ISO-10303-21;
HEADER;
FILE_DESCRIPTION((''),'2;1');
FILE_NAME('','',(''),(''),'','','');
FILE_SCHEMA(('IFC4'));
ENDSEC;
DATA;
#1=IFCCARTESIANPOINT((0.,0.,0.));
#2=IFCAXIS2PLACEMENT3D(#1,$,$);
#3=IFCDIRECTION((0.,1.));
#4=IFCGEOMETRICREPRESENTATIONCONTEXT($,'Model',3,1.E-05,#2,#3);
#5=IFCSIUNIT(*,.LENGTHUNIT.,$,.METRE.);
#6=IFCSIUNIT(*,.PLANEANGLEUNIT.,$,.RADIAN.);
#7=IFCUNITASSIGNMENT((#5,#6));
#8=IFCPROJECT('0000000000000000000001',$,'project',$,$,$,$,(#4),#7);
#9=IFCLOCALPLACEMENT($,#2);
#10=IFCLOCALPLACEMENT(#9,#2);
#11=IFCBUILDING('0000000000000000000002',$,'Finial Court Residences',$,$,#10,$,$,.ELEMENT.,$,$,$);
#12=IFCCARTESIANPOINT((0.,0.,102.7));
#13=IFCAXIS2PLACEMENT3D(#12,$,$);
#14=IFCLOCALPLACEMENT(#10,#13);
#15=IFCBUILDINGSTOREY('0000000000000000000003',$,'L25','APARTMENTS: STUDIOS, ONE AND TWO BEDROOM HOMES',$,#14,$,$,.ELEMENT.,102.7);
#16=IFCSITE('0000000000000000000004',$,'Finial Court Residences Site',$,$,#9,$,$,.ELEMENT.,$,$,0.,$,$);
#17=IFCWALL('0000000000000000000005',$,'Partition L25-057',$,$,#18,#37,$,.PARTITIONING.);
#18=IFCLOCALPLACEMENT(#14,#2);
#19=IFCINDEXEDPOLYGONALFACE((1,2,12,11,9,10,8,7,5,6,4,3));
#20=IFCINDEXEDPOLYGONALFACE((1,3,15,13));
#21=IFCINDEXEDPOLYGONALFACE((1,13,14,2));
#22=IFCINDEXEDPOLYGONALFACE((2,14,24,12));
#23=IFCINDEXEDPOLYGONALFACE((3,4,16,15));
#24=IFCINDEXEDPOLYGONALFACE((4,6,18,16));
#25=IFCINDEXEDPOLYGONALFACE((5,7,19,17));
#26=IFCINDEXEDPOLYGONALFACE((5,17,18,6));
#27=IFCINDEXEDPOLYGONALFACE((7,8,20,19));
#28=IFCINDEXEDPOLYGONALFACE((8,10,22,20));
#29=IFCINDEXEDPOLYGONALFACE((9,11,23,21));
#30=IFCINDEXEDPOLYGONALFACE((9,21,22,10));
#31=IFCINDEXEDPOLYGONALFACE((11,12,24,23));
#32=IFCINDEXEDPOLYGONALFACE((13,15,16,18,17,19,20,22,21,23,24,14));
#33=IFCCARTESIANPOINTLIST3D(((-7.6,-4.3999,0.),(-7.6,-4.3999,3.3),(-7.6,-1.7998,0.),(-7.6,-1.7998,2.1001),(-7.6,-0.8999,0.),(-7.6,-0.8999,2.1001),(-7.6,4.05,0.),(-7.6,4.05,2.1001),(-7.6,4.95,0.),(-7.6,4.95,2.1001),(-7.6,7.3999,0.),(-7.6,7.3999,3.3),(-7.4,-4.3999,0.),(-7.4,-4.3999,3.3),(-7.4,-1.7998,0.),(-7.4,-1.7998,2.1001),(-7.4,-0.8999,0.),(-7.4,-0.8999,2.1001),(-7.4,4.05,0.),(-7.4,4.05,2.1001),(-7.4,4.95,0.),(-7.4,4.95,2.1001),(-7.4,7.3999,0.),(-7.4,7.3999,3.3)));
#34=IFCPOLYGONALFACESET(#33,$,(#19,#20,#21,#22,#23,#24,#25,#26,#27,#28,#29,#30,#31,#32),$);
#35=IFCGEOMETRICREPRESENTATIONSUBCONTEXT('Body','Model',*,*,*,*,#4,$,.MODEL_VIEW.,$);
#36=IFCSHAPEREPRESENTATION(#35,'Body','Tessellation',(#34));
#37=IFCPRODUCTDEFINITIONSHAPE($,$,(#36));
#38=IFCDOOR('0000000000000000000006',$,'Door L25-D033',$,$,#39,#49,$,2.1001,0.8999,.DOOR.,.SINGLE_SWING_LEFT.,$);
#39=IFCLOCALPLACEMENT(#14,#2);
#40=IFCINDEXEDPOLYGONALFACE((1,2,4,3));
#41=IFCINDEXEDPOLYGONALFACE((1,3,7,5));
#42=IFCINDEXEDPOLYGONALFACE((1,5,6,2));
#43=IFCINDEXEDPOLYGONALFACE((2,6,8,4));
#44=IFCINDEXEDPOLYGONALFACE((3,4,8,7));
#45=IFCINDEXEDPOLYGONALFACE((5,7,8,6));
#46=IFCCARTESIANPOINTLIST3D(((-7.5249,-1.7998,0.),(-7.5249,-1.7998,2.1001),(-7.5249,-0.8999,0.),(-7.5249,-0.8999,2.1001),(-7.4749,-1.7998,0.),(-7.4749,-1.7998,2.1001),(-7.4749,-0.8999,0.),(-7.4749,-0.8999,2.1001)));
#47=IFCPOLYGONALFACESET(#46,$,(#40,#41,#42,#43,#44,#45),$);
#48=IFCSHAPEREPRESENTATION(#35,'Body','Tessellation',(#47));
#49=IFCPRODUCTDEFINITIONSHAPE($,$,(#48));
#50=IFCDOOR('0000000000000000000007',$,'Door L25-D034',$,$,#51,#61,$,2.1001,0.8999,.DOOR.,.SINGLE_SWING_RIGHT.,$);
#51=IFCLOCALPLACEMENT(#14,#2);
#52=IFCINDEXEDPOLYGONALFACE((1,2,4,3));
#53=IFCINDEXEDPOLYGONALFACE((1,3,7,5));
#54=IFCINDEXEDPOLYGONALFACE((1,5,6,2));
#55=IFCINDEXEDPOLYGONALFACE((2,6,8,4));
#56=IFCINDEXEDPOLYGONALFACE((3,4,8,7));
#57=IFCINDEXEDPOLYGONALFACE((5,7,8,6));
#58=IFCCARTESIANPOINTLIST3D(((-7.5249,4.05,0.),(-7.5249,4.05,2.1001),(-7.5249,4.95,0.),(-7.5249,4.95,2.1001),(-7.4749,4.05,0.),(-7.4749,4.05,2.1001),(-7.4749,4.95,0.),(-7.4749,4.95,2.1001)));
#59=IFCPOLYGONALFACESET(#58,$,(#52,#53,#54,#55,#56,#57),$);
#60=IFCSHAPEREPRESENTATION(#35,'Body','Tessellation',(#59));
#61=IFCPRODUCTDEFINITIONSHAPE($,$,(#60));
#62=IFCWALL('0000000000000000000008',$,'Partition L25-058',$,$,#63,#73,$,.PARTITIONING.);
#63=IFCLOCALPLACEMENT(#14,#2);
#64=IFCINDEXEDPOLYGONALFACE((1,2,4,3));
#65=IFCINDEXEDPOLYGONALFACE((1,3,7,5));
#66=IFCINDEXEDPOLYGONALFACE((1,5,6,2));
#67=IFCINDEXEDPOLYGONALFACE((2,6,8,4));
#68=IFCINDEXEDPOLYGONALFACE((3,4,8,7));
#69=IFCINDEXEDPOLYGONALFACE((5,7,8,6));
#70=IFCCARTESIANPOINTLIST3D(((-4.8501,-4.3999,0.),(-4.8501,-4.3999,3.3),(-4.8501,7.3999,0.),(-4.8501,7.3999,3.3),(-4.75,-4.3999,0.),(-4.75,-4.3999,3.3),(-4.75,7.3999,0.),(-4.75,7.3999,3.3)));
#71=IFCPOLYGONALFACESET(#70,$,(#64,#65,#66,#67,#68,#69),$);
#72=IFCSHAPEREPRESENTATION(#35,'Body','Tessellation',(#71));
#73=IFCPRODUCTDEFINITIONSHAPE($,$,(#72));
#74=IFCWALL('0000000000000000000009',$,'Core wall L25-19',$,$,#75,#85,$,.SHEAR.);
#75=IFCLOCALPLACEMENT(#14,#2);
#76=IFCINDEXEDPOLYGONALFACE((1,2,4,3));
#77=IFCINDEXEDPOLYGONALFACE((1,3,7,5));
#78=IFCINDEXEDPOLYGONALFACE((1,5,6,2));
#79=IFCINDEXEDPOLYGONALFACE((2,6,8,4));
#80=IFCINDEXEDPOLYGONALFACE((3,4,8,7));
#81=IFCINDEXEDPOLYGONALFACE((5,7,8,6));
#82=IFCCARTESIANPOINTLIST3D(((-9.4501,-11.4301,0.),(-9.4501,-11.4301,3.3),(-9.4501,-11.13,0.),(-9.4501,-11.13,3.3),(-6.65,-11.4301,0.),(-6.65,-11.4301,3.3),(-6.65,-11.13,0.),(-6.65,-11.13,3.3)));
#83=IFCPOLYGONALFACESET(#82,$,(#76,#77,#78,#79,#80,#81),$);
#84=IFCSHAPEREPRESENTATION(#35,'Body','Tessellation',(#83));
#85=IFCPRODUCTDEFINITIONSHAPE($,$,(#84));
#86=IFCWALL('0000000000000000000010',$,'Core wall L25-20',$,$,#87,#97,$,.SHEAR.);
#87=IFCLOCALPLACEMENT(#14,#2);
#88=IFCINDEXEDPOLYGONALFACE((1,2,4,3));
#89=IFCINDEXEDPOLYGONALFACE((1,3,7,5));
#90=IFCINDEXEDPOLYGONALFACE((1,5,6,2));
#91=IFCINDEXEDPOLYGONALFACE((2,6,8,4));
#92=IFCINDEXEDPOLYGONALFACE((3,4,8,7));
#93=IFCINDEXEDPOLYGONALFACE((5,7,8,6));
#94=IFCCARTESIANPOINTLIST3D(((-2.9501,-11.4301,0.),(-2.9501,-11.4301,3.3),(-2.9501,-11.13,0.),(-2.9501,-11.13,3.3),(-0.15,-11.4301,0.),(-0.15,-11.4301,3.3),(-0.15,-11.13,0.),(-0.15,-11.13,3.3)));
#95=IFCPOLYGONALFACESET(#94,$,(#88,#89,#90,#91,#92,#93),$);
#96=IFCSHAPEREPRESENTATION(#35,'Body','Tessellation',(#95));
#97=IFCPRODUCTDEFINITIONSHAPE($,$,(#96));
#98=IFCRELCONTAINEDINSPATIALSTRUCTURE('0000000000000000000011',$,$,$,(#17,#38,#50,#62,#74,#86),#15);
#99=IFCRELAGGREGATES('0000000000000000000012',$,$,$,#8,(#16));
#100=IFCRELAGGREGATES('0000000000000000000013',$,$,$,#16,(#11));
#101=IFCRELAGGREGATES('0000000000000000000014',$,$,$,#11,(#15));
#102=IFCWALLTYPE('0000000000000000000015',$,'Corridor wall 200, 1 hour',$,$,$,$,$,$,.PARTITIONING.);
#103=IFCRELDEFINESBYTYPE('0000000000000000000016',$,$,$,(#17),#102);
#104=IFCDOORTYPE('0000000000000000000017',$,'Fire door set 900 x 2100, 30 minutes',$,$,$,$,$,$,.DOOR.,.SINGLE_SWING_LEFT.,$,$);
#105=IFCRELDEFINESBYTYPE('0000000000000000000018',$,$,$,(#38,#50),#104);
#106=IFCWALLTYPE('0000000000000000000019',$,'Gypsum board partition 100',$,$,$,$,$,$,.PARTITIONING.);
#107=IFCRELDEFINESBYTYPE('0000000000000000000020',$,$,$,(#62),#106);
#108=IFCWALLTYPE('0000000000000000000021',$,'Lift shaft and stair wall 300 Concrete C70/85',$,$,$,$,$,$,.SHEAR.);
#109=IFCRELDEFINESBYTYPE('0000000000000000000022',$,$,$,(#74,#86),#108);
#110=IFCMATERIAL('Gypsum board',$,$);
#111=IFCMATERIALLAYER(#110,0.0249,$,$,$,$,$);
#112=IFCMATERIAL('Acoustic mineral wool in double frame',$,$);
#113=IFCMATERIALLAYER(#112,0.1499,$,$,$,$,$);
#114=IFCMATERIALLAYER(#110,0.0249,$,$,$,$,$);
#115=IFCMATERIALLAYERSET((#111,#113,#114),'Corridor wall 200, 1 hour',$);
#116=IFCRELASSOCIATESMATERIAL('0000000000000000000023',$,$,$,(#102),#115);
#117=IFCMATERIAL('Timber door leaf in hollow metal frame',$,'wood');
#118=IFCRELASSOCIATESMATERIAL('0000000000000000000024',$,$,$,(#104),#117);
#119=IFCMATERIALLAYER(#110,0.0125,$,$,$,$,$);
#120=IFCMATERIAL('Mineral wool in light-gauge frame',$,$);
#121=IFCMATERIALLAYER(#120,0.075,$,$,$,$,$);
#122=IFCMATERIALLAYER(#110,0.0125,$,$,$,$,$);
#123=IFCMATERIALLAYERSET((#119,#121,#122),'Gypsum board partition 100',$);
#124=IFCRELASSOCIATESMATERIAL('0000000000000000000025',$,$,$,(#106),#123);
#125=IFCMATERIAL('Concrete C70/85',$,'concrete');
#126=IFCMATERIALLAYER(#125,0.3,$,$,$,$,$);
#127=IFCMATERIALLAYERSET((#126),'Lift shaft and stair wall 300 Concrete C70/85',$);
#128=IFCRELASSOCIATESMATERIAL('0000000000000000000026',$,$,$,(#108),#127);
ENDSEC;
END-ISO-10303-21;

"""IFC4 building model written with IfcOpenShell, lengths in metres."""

from ifc_helpers import new_model, si_unit, direction, frame, frame_2d, origin, place, context, subcontext, project, spatial, rectangle, extrude, material, layer, layer_set, type_object, element, fill, save


model = new_model("IFC4")

# Units and contexts
model_context = context("Model", 3, precision=1e-05, world=origin(), true_north=direction((0.0, 1.0)))
body_context = subcontext(model_context, "Body", "Model", "MODEL_VIEW")
ifc_project = project(units=[si_unit("LENGTHUNIT", "METRE"), si_unit("PLANEANGLEUNIT", "RADIAN")], contexts=[model_context])

# Site, building, storey
site_placement = place(None, origin())
site = spatial("IfcSite", under=ifc_project, at=site_placement, Name="Finial Court Residences Site", CompositionType="ELEMENT", RefElevation=0.0)
building_placement = place(site_placement, origin())
building = spatial("IfcBuilding", under=site, at=building_placement, Name="Finial Court Residences", CompositionType="ELEMENT")
storey_placement = place(building_placement, frame((0.0, 0.0, 102.7)))
storey = spatial("IfcBuildingStorey", under=building, at=storey_placement, Name="L25", Description="APARTMENTS: STUDIOS, ONE AND TWO BEDROOM HOMES", CompositionType="ELEMENT", Elevation=102.7)

# Shared definitions
ifc_material_1 = material(Name="Concrete C70/85", Category="concrete")

# Shared definitions
ifc_material_2 = material(Name="Gypsum board")
ifc_layer_1 = layer(ifc_material_2, 0.0249)
ifc_material_3 = material(Name="Acoustic mineral wool in double frame")
ifc_layer_2 = layer(ifc_material_3, 0.1499)
ifc_layer_3 = layer(ifc_material_2, 0.0249)
ifc_layer_set_1 = layer_set([ifc_layer_1, ifc_layer_2, ifc_layer_3], Name="Corridor wall 200, 1 hour")
wall_type_1 = type_object("IfcWallType", Name="Corridor wall 200, 1 hour", PredefinedType="PARTITIONING", material=ifc_layer_set_1)
ifc_material_4 = material(Name="Timber door leaf in hollow metal frame", Category="wood")
door_type_1 = type_object("IfcDoorType", Name="Fire door set 900 x 2100, 30 minutes", OperationType="SINGLE_SWING_LEFT", PredefinedType="DOOR", material=ifc_material_4)

# Wall, openings, doors
wall_1_placement = place(storey_placement, frame((-7.5, -4.3999, 0.0), z_axis=(0.0, 0.0, 1.0), x_axis=(0.0, 1.0, 0.0)))
wall_1 = element("IfcWall", 1, at=wall_1_placement, inside=storey, type_object=wall_type_1, Name="Partition L25-057", PredefinedType="PARTITIONING", context=body_context, shape_type="SweptSolid", body=[
    extrude(rectangle(XDim=11.7998, YDim=0.2, at=frame_2d((5.8999, 0.0))), origin(), (0.0, 0.0, 1.0), 3.3),
])
opening_1_placement = place(wall_1_placement, frame((2.6001, 0.0, 0.0)))
opening_1 = element("IfcOpeningElement", 2, at=opening_1_placement, cuts=wall_1, PredefinedType="OPENING", context=body_context, shape_type="SweptSolid", body=[
    extrude(rectangle(XDim=0.8999, YDim=2.1001, at=frame_2d((0.45, 1.05))), frame((0.0, 0.1099, 0.0), z_axis=(0.0, -1.0, 0.0), x_axis=(1.0, 0.0, 0.0)), (0.0, 0.0, 1.0), 0.22),
])
opening_2_placement = place(wall_1_placement, frame((8.45, 0.0, 0.0)))
opening_2 = element("IfcOpeningElement", 3, at=opening_2_placement, cuts=wall_1, PredefinedType="OPENING", context=body_context, shape_type="SweptSolid", body=[
    extrude(rectangle(XDim=0.8999, YDim=2.1001, at=frame_2d((0.45, 1.05))), frame((0.0, 0.1099, 0.0), z_axis=(0.0, -1.0, 0.0), x_axis=(1.0, 0.0, 0.0)), (0.0, 0.0, 1.0), 0.22),
])
door_1_placement = place(opening_1_placement, origin())
door_1 = element("IfcDoor", 4, at=door_1_placement, inside=storey, type_object=door_type_1, Name="Door L25-D033", OperationType="SINGLE_SWING_LEFT", OverallHeight=2.1001, OverallWidth=0.8999, PredefinedType="DOOR", context=body_context, shape_type="SweptSolid", body=[
    extrude(rectangle(XDim=0.8999, YDim=2.1001, at=frame_2d((0.45, 1.05))), frame((0.0, 0.0249, 0.0), z_axis=(0.0, -1.0, 0.0), x_axis=(1.0, 0.0, 0.0)), (0.0, 0.0, 1.0), 0.05),
])
fill(opening_1, door_1)
door_2_placement = place(opening_2_placement, origin())
door_2 = element("IfcDoor", 5, at=door_2_placement, inside=storey, type_object=door_type_1, Name="Door L25-D034", OperationType="SINGLE_SWING_RIGHT", OverallHeight=2.1001, OverallWidth=0.8999, PredefinedType="DOOR", context=body_context, shape_type="SweptSolid", body=[
    extrude(rectangle(XDim=0.8999, YDim=2.1001, at=frame_2d((0.45, 1.05))), frame((0.0, 0.0249, 0.0), z_axis=(0.0, -1.0, 0.0), x_axis=(1.0, 0.0, 0.0)), (0.0, 0.0, 1.0), 0.05),
])
fill(opening_2, door_2)

# Walls
ifc_layer_4 = layer(ifc_material_2, 0.0125)
ifc_material_5 = material(Name="Mineral wool in light-gauge frame")
ifc_layer_5 = layer(ifc_material_5, 0.075)
ifc_layer_6 = layer(ifc_material_2, 0.0125)
ifc_layer_set_2 = layer_set([ifc_layer_4, ifc_layer_5, ifc_layer_6], Name="Gypsum board partition 100")
wall_type_2 = type_object("IfcWallType", Name="Gypsum board partition 100", PredefinedType="PARTITIONING", material=ifc_layer_set_2)
wall_2_placement = place(storey_placement, frame((-4.8, -4.3999, 0.0), z_axis=(0.0, 0.0, 1.0), x_axis=(0.0, 1.0, 0.0)))
element("IfcWall", 6, at=wall_2_placement, inside=storey, type_object=wall_type_2, Name="Partition L25-058", PredefinedType="PARTITIONING", context=body_context, shape_type="SweptSolid", body=[
    extrude(rectangle(XDim=11.7998, YDim=0.1001, at=frame_2d((5.8999, 0.0))), origin(), (0.0, 0.0, 1.0), 3.3),
])
ifc_layer_7 = layer(ifc_material_1, 0.3)
ifc_layer_set_3 = layer_set([ifc_layer_7], Name="Lift shaft and stair wall 300 Concrete C70/85")
wall_type_3 = type_object("IfcWallType", Name="Lift shaft and stair wall 300 Concrete C70/85", PredefinedType="SHEAR", material=ifc_layer_set_3)
for number, where, z_axis, x_axis, name in (
    (7, (-9.45, -11.28, 0.0), (0.0, 0.0, 1.0), (1.0, 0.0, 0.0), "Core wall L25-19"),
    (8, (-2.95, -11.28, 0.0), (0.0, 0.0, 1.0), (1.0, 0.0, 0.0), "Core wall L25-20"),
):
    element("IfcWall", number, at=place(storey_placement, frame(where, z_axis=z_axis, x_axis=x_axis)), inside=storey, type_object=wall_type_3, Name=name, PredefinedType="SHEAR", context=body_context, shape_type="SweptSolid", body=[
        extrude(rectangle(XDim=2.8, YDim=0.3, at=frame_2d((1.3999, 0.0))), origin(), (0.0, 0.0, 1.0), 3.3),
    ])

save(model, "model.ifc")
